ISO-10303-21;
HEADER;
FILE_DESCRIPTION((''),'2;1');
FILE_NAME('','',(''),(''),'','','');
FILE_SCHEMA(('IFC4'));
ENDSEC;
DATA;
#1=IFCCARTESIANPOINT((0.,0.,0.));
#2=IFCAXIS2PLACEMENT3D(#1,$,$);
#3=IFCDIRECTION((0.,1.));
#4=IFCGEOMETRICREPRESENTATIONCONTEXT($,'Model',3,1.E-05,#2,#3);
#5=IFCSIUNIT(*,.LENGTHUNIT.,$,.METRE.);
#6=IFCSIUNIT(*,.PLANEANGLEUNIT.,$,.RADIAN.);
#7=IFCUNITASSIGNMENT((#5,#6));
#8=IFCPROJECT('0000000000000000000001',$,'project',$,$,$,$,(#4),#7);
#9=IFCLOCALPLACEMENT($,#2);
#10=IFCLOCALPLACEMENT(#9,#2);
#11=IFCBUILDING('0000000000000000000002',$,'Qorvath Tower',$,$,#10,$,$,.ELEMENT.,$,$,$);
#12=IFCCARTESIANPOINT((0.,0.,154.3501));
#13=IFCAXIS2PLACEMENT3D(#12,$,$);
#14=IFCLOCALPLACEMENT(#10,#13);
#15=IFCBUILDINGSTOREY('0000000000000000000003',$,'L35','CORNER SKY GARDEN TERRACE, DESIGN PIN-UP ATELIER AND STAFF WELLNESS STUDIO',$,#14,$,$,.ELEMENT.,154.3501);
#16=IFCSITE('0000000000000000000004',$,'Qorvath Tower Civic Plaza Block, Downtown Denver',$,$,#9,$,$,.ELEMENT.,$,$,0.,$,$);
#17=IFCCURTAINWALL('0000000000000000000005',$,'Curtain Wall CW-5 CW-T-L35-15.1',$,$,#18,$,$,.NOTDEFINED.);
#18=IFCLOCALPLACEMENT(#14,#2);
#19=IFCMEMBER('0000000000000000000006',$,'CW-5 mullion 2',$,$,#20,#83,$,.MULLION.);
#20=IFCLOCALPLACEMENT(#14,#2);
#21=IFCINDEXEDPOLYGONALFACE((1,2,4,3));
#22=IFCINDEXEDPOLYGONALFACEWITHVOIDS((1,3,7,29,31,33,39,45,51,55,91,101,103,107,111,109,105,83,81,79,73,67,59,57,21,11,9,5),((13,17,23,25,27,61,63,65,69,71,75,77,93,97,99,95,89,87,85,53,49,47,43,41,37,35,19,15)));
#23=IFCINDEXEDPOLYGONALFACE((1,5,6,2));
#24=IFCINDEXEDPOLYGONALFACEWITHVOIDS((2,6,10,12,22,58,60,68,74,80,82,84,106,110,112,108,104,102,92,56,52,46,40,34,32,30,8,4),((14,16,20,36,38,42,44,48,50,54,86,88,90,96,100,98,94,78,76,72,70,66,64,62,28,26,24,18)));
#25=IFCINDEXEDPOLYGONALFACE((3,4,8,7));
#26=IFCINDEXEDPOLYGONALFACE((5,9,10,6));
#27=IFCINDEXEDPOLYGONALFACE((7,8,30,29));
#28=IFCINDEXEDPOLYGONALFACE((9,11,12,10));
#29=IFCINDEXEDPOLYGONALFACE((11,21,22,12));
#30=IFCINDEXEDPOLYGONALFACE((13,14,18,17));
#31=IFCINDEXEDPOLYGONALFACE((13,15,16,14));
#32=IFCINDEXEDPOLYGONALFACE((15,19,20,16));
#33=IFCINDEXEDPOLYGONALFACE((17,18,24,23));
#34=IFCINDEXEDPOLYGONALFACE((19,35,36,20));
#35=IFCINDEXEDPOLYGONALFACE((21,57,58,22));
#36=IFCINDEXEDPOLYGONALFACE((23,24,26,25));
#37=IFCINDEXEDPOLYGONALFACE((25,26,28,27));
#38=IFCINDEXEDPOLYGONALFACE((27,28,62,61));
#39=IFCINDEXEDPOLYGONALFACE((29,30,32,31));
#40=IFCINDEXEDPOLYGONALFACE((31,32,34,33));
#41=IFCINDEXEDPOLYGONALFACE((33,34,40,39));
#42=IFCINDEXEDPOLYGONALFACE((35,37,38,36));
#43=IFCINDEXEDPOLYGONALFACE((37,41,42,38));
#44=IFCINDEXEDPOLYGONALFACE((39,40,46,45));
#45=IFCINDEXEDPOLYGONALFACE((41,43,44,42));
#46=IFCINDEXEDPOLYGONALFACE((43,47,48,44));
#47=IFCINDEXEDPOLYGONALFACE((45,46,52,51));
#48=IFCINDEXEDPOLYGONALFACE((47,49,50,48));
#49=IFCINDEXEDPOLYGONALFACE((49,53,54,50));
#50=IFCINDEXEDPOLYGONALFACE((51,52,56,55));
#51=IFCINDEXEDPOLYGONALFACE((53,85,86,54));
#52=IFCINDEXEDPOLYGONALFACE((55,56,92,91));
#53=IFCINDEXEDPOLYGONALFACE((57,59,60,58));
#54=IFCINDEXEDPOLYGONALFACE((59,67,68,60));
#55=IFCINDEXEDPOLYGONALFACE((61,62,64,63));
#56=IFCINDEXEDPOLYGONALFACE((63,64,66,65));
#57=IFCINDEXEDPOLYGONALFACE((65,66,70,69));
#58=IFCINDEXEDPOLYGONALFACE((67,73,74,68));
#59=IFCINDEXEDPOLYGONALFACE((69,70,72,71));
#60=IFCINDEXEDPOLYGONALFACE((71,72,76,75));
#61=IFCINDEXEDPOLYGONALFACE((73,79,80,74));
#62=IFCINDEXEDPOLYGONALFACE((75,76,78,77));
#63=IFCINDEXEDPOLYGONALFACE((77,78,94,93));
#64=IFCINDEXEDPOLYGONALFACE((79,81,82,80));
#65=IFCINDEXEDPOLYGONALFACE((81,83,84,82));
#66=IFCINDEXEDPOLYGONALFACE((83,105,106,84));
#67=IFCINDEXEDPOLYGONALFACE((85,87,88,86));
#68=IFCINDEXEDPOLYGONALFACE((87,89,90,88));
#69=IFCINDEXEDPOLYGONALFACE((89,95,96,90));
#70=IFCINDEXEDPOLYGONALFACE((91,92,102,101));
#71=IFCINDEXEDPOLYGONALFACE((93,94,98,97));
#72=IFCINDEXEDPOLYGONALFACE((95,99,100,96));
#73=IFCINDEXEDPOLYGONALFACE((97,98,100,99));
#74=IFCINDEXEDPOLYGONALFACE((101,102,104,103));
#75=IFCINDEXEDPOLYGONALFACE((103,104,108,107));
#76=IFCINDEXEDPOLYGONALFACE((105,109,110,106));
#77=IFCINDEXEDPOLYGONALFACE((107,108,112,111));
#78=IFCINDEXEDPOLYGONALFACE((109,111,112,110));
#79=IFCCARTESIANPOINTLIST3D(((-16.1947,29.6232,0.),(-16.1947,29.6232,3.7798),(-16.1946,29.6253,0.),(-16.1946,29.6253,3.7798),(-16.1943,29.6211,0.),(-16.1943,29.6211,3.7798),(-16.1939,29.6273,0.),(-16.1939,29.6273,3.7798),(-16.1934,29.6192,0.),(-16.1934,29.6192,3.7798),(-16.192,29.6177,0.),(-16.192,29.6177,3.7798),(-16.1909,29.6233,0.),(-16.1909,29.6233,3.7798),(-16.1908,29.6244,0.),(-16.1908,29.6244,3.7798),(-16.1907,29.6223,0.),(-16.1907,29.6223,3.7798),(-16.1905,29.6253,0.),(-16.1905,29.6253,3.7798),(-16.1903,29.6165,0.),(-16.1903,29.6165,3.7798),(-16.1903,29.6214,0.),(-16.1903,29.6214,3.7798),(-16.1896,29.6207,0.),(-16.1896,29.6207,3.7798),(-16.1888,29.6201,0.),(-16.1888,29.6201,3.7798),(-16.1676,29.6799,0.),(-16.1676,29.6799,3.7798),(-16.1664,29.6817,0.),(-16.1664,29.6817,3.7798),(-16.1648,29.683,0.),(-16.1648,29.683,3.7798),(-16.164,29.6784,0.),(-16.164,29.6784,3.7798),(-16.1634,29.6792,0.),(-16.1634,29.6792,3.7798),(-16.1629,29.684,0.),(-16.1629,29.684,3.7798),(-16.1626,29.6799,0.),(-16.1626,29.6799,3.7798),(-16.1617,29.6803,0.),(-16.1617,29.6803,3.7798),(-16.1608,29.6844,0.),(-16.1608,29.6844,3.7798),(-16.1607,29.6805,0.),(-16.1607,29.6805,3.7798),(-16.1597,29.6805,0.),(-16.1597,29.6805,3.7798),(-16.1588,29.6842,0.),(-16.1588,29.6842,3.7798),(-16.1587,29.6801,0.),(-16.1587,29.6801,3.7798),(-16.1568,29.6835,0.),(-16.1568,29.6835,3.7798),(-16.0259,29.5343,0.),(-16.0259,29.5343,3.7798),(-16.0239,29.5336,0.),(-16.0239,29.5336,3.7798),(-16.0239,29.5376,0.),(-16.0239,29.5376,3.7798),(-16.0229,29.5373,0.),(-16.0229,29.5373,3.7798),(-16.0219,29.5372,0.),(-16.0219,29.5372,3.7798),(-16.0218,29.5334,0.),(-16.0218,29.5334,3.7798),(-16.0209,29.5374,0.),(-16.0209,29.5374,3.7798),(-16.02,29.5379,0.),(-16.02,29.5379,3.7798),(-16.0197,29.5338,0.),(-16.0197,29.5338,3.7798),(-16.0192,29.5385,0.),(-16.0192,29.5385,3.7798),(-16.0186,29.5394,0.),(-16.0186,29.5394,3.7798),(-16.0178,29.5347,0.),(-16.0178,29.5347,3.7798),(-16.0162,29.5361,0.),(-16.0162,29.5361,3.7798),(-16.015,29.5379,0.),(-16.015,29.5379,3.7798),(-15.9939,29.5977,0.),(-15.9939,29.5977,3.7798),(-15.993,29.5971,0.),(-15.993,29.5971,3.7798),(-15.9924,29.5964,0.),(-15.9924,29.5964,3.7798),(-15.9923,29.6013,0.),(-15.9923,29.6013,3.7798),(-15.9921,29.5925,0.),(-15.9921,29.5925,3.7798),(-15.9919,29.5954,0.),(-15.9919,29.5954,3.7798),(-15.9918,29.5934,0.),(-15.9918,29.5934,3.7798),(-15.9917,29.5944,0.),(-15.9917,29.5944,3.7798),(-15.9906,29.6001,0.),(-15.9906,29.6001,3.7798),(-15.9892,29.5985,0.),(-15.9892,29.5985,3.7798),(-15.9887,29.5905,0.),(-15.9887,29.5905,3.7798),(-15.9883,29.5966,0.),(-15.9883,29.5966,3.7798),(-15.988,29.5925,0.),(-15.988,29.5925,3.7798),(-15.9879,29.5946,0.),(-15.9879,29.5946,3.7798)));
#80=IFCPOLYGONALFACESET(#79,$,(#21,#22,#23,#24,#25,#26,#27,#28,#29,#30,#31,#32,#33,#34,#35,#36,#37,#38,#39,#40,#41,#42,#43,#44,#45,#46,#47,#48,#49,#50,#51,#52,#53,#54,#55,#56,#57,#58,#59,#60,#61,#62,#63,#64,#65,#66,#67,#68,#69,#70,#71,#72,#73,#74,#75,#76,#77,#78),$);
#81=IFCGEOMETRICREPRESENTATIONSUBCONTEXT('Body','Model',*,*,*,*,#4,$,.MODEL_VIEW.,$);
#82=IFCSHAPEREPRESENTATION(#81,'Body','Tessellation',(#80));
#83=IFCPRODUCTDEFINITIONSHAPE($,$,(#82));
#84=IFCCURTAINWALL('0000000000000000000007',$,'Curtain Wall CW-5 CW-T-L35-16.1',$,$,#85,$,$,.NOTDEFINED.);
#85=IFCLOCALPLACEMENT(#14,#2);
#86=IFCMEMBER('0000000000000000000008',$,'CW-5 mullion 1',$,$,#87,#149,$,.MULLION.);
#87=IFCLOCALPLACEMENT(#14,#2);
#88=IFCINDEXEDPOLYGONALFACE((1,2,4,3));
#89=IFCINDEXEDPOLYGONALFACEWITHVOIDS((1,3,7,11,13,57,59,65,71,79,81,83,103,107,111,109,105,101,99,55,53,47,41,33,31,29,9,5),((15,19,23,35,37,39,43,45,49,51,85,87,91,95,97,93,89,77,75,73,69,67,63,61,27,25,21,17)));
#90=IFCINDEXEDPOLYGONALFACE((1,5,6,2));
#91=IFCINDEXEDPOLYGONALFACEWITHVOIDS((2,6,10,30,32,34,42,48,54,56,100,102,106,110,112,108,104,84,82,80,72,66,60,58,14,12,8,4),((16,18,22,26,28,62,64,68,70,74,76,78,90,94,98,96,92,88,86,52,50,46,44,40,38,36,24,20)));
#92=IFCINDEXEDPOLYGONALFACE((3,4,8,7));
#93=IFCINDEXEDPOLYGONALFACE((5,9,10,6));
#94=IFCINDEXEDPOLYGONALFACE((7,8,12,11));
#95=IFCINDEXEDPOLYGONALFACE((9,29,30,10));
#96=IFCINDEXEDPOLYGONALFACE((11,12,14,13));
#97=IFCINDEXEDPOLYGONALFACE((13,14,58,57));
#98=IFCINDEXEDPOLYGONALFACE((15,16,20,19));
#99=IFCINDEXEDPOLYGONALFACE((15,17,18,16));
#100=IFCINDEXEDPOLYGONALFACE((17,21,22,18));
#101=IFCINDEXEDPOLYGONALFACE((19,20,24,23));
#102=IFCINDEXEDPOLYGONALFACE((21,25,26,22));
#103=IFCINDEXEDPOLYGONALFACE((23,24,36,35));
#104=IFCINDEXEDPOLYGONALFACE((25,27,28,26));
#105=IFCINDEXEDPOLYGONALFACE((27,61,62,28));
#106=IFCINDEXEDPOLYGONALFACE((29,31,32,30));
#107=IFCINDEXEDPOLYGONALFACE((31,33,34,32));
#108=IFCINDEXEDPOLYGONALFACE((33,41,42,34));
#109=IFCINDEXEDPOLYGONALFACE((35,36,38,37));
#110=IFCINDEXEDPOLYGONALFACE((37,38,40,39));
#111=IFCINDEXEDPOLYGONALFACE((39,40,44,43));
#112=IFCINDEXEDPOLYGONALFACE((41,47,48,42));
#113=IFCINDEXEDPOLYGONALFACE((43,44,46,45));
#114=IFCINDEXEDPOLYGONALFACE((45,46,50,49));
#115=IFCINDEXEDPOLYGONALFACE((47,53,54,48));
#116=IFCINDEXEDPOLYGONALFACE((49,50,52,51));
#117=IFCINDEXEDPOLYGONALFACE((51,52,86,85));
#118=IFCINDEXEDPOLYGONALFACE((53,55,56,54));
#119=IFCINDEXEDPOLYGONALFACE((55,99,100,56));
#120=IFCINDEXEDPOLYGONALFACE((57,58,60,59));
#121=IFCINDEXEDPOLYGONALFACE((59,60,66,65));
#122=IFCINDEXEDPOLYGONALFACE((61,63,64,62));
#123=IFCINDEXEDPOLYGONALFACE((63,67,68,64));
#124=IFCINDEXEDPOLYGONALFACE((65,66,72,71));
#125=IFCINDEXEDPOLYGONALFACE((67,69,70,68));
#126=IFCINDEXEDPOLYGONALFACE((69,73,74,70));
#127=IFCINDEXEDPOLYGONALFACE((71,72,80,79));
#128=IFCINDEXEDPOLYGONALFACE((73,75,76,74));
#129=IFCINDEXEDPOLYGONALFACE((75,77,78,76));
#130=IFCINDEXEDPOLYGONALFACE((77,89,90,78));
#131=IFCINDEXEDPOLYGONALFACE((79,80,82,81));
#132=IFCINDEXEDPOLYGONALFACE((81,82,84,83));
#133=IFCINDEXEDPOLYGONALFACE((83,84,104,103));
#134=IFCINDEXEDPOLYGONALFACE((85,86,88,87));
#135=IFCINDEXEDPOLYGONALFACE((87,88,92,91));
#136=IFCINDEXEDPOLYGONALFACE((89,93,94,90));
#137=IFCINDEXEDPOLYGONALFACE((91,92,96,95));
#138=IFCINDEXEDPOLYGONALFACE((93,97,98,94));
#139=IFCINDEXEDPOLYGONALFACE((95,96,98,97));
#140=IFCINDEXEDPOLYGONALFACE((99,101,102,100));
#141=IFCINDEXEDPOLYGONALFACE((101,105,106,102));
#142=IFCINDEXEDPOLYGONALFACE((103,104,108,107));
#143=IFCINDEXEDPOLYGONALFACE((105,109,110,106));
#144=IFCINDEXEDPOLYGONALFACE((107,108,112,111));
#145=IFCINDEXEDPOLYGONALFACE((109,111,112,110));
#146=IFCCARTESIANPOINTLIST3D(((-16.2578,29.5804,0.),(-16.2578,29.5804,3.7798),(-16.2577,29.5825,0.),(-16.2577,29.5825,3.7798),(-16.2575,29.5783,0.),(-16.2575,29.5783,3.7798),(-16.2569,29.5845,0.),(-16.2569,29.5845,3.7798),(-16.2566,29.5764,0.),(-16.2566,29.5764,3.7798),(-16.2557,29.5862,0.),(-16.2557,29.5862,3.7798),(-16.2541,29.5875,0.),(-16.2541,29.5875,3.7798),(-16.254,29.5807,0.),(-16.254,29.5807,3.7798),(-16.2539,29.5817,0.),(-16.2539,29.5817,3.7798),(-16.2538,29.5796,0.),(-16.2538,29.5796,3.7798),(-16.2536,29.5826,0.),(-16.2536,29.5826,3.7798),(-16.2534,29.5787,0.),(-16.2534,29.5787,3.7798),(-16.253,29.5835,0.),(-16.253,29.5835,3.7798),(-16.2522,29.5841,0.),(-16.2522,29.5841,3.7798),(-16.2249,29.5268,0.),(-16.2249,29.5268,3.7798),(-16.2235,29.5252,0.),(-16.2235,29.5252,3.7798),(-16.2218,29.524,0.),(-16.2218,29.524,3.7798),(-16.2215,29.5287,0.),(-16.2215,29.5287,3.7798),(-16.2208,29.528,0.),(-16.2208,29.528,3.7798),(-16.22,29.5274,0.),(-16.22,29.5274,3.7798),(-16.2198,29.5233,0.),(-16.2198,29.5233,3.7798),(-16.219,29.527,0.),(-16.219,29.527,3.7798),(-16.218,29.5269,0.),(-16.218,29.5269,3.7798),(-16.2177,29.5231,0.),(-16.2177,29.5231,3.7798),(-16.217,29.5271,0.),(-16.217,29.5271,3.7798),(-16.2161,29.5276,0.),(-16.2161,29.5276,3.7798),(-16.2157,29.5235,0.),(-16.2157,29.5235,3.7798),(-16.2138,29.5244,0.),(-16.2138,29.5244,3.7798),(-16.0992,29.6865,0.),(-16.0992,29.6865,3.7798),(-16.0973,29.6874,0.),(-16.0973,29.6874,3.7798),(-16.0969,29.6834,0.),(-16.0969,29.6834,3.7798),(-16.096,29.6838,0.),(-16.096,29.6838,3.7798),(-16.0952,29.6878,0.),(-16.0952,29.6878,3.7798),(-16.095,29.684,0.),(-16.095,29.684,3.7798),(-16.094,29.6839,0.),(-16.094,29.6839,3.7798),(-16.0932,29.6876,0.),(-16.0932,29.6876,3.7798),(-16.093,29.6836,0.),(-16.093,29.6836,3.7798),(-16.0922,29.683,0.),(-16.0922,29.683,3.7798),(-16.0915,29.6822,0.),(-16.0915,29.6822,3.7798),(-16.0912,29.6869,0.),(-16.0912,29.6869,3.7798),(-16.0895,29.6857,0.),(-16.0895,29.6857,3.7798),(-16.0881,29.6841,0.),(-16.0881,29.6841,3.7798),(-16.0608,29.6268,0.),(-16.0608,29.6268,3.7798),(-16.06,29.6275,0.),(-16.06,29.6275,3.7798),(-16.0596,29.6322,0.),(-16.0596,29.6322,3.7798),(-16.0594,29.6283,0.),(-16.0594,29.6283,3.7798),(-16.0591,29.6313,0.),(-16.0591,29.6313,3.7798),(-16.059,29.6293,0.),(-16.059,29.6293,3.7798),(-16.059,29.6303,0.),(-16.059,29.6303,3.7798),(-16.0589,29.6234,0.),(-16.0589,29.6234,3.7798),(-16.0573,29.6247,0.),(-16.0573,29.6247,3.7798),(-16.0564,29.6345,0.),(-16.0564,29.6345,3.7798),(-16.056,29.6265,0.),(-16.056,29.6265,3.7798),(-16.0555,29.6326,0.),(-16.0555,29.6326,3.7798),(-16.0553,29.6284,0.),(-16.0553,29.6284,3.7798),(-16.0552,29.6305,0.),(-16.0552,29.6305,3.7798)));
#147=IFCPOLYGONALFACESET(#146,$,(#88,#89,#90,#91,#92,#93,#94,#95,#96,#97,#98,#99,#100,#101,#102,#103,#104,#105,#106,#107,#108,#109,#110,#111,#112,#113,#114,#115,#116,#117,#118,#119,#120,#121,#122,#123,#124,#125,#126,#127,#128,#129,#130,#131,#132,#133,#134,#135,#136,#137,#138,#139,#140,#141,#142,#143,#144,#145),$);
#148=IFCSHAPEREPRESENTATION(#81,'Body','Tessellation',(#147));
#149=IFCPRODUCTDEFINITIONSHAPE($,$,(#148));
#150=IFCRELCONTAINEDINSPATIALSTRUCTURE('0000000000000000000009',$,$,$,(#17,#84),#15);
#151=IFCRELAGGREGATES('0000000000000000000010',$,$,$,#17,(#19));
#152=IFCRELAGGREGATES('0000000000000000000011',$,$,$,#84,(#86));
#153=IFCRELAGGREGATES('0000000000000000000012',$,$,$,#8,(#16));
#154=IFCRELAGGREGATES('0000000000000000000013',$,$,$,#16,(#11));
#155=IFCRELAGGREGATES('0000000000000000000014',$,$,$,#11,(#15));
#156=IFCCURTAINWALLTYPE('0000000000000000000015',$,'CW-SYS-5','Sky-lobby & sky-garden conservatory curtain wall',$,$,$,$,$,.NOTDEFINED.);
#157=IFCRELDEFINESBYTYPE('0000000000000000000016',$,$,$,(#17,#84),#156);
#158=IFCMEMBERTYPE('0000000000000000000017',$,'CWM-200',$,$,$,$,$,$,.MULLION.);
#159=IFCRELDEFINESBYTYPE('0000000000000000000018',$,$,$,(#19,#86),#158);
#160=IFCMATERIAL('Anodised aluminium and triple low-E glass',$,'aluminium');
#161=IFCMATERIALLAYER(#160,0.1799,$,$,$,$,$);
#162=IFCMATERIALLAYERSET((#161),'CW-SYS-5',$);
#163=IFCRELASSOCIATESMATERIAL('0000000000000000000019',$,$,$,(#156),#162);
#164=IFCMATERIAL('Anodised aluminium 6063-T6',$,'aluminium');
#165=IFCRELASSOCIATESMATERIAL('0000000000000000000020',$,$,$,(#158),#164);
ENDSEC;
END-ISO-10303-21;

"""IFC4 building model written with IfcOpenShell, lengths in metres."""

from ifc_helpers import new_model, si_unit, direction, frame, origin, origin_2d, place, context, subcontext, project, spatial, hollow_rectangle, extrude, material, layer, layer_set, material_profile, profile_set, type_object, element, aggregate, save


model = new_model("IFC4")

# Units and contexts
model_context = context("Model", 3, precision=1e-05, world=origin(), true_north=direction((0.0, 1.0)))
body_context = subcontext(model_context, "Body", "Model", "MODEL_VIEW")
ifc_project = project(units=[si_unit("LENGTHUNIT", "METRE"), si_unit("PLANEANGLEUNIT", "RADIAN")], contexts=[model_context])

# Site, building, storey
site_placement = place(None, origin())
site = spatial("IfcSite", under=ifc_project, at=site_placement, Name="Qorvath Tower Civic Plaza Block, Downtown Denver", CompositionType="ELEMENT", RefElevation=0.0)
building_placement = place(site_placement, origin())
building = spatial("IfcBuilding", under=site, at=building_placement, Name="Qorvath Tower", CompositionType="ELEMENT")
storey_placement = place(building_placement, frame((0.0, 0.0, 154.3501)))
storey = spatial("IfcBuildingStorey", under=building, at=storey_placement, Name="L35", Description="CORNER SKY GARDEN TERRACE, DESIGN PIN-UP ATELIER AND STAFF WELLNESS STUDIO", CompositionType="ELEMENT", Elevation=154.3501)

# Shared definitions
ifc_material_1 = material(Name="Anodised aluminium and triple low-E glass", Category="aluminium")
ifc_layer_1 = layer(ifc_material_1, 0.1799)
ifc_layer_set_1 = layer_set([ifc_layer_1], Name="CW-SYS-5")
curtain_wall_type = type_object("IfcCurtainWallType", Name="CW-SYS-5", Description="Sky-lobby & sky-garden conservatory curtain wall", PredefinedType="NOTDEFINED", material=ifc_layer_set_1)
ifc_material_2 = material(Name="Anodised aluminium 6063-T6", Category="aluminium")
ifc_material_profile_1 = material_profile(ifc_material_2, hollow_rectangle(XDim=0.075, YDim=0.2, WallThickness=0.0039, InnerFilletRadius=0.0039, OuterFilletRadius=0.0081, at=origin_2d()), Name="CWM 200x75")
ifc_profile_set_1 = profile_set([ifc_material_profile_1], Name="Anodised aluminium 6063-T6")
member_type_1 = type_object("IfcMemberType", Name="CWM-200", PredefinedType="MULLION", material=ifc_profile_set_1)

# Curtain wall, member
curtain_wall_1_placement = place(storey_placement, origin())
curtain_wall_1 = element("IfcCurtainWall", 1, at=curtain_wall_1_placement, inside=storey, type_object=curtain_wall_type, Name="Curtain Wall CW-5 CW-T-L35-15.1", PredefinedType="NOTDEFINED")
member_1_placement = place(storey_placement, frame((-16.0913, 29.6089, 0.0), z_axis=(0.0, 0.0, 1.0), x_axis=(-0.447231, -0.894419, 0.0)))
member_1 = element("IfcMember", 2, at=member_1_placement, type_object=member_type_1, Name="CW-5 mullion 2", PredefinedType="MULLION", context=body_context, shape_type="SweptSolid", body=[
    extrude(hollow_rectangle(XDim=0.075, YDim=0.2, WallThickness=0.0039, InnerFilletRadius=0.0039, OuterFilletRadius=0.0081, at=origin_2d()), origin(), (0.0, 0.0, 1.0), 3.7798),
])

# Curtain wall, member
curtain_wall_2_placement = place(storey_placement, origin())
curtain_wall_2 = element("IfcCurtainWall", 3, at=curtain_wall_2_placement, inside=storey, type_object=curtain_wall_type, Name="Curtain Wall CW-5 CW-T-L35-16.1", PredefinedType="NOTDEFINED")
member_2_placement = place(storey_placement, frame((-16.1565, 29.6055, 0.0), z_axis=(0.0, 0.0, 1.0), x_axis=(0.538535, -0.842603, 0.0)))
member_2 = element("IfcMember", 4, at=member_2_placement, type_object=member_type_1, Name="CW-5 mullion 1", PredefinedType="MULLION", context=body_context, shape_type="SweptSolid", body=[
    extrude(hollow_rectangle(XDim=0.075, YDim=0.2, WallThickness=0.0039, InnerFilletRadius=0.0039, OuterFilletRadius=0.0081, at=origin_2d()), origin(), (0.0, 0.0, 1.0), 3.7798),
])

aggregate(curtain_wall_1, [member_1])
aggregate(curtain_wall_2, [member_2])

save(model, "model.ifc")
